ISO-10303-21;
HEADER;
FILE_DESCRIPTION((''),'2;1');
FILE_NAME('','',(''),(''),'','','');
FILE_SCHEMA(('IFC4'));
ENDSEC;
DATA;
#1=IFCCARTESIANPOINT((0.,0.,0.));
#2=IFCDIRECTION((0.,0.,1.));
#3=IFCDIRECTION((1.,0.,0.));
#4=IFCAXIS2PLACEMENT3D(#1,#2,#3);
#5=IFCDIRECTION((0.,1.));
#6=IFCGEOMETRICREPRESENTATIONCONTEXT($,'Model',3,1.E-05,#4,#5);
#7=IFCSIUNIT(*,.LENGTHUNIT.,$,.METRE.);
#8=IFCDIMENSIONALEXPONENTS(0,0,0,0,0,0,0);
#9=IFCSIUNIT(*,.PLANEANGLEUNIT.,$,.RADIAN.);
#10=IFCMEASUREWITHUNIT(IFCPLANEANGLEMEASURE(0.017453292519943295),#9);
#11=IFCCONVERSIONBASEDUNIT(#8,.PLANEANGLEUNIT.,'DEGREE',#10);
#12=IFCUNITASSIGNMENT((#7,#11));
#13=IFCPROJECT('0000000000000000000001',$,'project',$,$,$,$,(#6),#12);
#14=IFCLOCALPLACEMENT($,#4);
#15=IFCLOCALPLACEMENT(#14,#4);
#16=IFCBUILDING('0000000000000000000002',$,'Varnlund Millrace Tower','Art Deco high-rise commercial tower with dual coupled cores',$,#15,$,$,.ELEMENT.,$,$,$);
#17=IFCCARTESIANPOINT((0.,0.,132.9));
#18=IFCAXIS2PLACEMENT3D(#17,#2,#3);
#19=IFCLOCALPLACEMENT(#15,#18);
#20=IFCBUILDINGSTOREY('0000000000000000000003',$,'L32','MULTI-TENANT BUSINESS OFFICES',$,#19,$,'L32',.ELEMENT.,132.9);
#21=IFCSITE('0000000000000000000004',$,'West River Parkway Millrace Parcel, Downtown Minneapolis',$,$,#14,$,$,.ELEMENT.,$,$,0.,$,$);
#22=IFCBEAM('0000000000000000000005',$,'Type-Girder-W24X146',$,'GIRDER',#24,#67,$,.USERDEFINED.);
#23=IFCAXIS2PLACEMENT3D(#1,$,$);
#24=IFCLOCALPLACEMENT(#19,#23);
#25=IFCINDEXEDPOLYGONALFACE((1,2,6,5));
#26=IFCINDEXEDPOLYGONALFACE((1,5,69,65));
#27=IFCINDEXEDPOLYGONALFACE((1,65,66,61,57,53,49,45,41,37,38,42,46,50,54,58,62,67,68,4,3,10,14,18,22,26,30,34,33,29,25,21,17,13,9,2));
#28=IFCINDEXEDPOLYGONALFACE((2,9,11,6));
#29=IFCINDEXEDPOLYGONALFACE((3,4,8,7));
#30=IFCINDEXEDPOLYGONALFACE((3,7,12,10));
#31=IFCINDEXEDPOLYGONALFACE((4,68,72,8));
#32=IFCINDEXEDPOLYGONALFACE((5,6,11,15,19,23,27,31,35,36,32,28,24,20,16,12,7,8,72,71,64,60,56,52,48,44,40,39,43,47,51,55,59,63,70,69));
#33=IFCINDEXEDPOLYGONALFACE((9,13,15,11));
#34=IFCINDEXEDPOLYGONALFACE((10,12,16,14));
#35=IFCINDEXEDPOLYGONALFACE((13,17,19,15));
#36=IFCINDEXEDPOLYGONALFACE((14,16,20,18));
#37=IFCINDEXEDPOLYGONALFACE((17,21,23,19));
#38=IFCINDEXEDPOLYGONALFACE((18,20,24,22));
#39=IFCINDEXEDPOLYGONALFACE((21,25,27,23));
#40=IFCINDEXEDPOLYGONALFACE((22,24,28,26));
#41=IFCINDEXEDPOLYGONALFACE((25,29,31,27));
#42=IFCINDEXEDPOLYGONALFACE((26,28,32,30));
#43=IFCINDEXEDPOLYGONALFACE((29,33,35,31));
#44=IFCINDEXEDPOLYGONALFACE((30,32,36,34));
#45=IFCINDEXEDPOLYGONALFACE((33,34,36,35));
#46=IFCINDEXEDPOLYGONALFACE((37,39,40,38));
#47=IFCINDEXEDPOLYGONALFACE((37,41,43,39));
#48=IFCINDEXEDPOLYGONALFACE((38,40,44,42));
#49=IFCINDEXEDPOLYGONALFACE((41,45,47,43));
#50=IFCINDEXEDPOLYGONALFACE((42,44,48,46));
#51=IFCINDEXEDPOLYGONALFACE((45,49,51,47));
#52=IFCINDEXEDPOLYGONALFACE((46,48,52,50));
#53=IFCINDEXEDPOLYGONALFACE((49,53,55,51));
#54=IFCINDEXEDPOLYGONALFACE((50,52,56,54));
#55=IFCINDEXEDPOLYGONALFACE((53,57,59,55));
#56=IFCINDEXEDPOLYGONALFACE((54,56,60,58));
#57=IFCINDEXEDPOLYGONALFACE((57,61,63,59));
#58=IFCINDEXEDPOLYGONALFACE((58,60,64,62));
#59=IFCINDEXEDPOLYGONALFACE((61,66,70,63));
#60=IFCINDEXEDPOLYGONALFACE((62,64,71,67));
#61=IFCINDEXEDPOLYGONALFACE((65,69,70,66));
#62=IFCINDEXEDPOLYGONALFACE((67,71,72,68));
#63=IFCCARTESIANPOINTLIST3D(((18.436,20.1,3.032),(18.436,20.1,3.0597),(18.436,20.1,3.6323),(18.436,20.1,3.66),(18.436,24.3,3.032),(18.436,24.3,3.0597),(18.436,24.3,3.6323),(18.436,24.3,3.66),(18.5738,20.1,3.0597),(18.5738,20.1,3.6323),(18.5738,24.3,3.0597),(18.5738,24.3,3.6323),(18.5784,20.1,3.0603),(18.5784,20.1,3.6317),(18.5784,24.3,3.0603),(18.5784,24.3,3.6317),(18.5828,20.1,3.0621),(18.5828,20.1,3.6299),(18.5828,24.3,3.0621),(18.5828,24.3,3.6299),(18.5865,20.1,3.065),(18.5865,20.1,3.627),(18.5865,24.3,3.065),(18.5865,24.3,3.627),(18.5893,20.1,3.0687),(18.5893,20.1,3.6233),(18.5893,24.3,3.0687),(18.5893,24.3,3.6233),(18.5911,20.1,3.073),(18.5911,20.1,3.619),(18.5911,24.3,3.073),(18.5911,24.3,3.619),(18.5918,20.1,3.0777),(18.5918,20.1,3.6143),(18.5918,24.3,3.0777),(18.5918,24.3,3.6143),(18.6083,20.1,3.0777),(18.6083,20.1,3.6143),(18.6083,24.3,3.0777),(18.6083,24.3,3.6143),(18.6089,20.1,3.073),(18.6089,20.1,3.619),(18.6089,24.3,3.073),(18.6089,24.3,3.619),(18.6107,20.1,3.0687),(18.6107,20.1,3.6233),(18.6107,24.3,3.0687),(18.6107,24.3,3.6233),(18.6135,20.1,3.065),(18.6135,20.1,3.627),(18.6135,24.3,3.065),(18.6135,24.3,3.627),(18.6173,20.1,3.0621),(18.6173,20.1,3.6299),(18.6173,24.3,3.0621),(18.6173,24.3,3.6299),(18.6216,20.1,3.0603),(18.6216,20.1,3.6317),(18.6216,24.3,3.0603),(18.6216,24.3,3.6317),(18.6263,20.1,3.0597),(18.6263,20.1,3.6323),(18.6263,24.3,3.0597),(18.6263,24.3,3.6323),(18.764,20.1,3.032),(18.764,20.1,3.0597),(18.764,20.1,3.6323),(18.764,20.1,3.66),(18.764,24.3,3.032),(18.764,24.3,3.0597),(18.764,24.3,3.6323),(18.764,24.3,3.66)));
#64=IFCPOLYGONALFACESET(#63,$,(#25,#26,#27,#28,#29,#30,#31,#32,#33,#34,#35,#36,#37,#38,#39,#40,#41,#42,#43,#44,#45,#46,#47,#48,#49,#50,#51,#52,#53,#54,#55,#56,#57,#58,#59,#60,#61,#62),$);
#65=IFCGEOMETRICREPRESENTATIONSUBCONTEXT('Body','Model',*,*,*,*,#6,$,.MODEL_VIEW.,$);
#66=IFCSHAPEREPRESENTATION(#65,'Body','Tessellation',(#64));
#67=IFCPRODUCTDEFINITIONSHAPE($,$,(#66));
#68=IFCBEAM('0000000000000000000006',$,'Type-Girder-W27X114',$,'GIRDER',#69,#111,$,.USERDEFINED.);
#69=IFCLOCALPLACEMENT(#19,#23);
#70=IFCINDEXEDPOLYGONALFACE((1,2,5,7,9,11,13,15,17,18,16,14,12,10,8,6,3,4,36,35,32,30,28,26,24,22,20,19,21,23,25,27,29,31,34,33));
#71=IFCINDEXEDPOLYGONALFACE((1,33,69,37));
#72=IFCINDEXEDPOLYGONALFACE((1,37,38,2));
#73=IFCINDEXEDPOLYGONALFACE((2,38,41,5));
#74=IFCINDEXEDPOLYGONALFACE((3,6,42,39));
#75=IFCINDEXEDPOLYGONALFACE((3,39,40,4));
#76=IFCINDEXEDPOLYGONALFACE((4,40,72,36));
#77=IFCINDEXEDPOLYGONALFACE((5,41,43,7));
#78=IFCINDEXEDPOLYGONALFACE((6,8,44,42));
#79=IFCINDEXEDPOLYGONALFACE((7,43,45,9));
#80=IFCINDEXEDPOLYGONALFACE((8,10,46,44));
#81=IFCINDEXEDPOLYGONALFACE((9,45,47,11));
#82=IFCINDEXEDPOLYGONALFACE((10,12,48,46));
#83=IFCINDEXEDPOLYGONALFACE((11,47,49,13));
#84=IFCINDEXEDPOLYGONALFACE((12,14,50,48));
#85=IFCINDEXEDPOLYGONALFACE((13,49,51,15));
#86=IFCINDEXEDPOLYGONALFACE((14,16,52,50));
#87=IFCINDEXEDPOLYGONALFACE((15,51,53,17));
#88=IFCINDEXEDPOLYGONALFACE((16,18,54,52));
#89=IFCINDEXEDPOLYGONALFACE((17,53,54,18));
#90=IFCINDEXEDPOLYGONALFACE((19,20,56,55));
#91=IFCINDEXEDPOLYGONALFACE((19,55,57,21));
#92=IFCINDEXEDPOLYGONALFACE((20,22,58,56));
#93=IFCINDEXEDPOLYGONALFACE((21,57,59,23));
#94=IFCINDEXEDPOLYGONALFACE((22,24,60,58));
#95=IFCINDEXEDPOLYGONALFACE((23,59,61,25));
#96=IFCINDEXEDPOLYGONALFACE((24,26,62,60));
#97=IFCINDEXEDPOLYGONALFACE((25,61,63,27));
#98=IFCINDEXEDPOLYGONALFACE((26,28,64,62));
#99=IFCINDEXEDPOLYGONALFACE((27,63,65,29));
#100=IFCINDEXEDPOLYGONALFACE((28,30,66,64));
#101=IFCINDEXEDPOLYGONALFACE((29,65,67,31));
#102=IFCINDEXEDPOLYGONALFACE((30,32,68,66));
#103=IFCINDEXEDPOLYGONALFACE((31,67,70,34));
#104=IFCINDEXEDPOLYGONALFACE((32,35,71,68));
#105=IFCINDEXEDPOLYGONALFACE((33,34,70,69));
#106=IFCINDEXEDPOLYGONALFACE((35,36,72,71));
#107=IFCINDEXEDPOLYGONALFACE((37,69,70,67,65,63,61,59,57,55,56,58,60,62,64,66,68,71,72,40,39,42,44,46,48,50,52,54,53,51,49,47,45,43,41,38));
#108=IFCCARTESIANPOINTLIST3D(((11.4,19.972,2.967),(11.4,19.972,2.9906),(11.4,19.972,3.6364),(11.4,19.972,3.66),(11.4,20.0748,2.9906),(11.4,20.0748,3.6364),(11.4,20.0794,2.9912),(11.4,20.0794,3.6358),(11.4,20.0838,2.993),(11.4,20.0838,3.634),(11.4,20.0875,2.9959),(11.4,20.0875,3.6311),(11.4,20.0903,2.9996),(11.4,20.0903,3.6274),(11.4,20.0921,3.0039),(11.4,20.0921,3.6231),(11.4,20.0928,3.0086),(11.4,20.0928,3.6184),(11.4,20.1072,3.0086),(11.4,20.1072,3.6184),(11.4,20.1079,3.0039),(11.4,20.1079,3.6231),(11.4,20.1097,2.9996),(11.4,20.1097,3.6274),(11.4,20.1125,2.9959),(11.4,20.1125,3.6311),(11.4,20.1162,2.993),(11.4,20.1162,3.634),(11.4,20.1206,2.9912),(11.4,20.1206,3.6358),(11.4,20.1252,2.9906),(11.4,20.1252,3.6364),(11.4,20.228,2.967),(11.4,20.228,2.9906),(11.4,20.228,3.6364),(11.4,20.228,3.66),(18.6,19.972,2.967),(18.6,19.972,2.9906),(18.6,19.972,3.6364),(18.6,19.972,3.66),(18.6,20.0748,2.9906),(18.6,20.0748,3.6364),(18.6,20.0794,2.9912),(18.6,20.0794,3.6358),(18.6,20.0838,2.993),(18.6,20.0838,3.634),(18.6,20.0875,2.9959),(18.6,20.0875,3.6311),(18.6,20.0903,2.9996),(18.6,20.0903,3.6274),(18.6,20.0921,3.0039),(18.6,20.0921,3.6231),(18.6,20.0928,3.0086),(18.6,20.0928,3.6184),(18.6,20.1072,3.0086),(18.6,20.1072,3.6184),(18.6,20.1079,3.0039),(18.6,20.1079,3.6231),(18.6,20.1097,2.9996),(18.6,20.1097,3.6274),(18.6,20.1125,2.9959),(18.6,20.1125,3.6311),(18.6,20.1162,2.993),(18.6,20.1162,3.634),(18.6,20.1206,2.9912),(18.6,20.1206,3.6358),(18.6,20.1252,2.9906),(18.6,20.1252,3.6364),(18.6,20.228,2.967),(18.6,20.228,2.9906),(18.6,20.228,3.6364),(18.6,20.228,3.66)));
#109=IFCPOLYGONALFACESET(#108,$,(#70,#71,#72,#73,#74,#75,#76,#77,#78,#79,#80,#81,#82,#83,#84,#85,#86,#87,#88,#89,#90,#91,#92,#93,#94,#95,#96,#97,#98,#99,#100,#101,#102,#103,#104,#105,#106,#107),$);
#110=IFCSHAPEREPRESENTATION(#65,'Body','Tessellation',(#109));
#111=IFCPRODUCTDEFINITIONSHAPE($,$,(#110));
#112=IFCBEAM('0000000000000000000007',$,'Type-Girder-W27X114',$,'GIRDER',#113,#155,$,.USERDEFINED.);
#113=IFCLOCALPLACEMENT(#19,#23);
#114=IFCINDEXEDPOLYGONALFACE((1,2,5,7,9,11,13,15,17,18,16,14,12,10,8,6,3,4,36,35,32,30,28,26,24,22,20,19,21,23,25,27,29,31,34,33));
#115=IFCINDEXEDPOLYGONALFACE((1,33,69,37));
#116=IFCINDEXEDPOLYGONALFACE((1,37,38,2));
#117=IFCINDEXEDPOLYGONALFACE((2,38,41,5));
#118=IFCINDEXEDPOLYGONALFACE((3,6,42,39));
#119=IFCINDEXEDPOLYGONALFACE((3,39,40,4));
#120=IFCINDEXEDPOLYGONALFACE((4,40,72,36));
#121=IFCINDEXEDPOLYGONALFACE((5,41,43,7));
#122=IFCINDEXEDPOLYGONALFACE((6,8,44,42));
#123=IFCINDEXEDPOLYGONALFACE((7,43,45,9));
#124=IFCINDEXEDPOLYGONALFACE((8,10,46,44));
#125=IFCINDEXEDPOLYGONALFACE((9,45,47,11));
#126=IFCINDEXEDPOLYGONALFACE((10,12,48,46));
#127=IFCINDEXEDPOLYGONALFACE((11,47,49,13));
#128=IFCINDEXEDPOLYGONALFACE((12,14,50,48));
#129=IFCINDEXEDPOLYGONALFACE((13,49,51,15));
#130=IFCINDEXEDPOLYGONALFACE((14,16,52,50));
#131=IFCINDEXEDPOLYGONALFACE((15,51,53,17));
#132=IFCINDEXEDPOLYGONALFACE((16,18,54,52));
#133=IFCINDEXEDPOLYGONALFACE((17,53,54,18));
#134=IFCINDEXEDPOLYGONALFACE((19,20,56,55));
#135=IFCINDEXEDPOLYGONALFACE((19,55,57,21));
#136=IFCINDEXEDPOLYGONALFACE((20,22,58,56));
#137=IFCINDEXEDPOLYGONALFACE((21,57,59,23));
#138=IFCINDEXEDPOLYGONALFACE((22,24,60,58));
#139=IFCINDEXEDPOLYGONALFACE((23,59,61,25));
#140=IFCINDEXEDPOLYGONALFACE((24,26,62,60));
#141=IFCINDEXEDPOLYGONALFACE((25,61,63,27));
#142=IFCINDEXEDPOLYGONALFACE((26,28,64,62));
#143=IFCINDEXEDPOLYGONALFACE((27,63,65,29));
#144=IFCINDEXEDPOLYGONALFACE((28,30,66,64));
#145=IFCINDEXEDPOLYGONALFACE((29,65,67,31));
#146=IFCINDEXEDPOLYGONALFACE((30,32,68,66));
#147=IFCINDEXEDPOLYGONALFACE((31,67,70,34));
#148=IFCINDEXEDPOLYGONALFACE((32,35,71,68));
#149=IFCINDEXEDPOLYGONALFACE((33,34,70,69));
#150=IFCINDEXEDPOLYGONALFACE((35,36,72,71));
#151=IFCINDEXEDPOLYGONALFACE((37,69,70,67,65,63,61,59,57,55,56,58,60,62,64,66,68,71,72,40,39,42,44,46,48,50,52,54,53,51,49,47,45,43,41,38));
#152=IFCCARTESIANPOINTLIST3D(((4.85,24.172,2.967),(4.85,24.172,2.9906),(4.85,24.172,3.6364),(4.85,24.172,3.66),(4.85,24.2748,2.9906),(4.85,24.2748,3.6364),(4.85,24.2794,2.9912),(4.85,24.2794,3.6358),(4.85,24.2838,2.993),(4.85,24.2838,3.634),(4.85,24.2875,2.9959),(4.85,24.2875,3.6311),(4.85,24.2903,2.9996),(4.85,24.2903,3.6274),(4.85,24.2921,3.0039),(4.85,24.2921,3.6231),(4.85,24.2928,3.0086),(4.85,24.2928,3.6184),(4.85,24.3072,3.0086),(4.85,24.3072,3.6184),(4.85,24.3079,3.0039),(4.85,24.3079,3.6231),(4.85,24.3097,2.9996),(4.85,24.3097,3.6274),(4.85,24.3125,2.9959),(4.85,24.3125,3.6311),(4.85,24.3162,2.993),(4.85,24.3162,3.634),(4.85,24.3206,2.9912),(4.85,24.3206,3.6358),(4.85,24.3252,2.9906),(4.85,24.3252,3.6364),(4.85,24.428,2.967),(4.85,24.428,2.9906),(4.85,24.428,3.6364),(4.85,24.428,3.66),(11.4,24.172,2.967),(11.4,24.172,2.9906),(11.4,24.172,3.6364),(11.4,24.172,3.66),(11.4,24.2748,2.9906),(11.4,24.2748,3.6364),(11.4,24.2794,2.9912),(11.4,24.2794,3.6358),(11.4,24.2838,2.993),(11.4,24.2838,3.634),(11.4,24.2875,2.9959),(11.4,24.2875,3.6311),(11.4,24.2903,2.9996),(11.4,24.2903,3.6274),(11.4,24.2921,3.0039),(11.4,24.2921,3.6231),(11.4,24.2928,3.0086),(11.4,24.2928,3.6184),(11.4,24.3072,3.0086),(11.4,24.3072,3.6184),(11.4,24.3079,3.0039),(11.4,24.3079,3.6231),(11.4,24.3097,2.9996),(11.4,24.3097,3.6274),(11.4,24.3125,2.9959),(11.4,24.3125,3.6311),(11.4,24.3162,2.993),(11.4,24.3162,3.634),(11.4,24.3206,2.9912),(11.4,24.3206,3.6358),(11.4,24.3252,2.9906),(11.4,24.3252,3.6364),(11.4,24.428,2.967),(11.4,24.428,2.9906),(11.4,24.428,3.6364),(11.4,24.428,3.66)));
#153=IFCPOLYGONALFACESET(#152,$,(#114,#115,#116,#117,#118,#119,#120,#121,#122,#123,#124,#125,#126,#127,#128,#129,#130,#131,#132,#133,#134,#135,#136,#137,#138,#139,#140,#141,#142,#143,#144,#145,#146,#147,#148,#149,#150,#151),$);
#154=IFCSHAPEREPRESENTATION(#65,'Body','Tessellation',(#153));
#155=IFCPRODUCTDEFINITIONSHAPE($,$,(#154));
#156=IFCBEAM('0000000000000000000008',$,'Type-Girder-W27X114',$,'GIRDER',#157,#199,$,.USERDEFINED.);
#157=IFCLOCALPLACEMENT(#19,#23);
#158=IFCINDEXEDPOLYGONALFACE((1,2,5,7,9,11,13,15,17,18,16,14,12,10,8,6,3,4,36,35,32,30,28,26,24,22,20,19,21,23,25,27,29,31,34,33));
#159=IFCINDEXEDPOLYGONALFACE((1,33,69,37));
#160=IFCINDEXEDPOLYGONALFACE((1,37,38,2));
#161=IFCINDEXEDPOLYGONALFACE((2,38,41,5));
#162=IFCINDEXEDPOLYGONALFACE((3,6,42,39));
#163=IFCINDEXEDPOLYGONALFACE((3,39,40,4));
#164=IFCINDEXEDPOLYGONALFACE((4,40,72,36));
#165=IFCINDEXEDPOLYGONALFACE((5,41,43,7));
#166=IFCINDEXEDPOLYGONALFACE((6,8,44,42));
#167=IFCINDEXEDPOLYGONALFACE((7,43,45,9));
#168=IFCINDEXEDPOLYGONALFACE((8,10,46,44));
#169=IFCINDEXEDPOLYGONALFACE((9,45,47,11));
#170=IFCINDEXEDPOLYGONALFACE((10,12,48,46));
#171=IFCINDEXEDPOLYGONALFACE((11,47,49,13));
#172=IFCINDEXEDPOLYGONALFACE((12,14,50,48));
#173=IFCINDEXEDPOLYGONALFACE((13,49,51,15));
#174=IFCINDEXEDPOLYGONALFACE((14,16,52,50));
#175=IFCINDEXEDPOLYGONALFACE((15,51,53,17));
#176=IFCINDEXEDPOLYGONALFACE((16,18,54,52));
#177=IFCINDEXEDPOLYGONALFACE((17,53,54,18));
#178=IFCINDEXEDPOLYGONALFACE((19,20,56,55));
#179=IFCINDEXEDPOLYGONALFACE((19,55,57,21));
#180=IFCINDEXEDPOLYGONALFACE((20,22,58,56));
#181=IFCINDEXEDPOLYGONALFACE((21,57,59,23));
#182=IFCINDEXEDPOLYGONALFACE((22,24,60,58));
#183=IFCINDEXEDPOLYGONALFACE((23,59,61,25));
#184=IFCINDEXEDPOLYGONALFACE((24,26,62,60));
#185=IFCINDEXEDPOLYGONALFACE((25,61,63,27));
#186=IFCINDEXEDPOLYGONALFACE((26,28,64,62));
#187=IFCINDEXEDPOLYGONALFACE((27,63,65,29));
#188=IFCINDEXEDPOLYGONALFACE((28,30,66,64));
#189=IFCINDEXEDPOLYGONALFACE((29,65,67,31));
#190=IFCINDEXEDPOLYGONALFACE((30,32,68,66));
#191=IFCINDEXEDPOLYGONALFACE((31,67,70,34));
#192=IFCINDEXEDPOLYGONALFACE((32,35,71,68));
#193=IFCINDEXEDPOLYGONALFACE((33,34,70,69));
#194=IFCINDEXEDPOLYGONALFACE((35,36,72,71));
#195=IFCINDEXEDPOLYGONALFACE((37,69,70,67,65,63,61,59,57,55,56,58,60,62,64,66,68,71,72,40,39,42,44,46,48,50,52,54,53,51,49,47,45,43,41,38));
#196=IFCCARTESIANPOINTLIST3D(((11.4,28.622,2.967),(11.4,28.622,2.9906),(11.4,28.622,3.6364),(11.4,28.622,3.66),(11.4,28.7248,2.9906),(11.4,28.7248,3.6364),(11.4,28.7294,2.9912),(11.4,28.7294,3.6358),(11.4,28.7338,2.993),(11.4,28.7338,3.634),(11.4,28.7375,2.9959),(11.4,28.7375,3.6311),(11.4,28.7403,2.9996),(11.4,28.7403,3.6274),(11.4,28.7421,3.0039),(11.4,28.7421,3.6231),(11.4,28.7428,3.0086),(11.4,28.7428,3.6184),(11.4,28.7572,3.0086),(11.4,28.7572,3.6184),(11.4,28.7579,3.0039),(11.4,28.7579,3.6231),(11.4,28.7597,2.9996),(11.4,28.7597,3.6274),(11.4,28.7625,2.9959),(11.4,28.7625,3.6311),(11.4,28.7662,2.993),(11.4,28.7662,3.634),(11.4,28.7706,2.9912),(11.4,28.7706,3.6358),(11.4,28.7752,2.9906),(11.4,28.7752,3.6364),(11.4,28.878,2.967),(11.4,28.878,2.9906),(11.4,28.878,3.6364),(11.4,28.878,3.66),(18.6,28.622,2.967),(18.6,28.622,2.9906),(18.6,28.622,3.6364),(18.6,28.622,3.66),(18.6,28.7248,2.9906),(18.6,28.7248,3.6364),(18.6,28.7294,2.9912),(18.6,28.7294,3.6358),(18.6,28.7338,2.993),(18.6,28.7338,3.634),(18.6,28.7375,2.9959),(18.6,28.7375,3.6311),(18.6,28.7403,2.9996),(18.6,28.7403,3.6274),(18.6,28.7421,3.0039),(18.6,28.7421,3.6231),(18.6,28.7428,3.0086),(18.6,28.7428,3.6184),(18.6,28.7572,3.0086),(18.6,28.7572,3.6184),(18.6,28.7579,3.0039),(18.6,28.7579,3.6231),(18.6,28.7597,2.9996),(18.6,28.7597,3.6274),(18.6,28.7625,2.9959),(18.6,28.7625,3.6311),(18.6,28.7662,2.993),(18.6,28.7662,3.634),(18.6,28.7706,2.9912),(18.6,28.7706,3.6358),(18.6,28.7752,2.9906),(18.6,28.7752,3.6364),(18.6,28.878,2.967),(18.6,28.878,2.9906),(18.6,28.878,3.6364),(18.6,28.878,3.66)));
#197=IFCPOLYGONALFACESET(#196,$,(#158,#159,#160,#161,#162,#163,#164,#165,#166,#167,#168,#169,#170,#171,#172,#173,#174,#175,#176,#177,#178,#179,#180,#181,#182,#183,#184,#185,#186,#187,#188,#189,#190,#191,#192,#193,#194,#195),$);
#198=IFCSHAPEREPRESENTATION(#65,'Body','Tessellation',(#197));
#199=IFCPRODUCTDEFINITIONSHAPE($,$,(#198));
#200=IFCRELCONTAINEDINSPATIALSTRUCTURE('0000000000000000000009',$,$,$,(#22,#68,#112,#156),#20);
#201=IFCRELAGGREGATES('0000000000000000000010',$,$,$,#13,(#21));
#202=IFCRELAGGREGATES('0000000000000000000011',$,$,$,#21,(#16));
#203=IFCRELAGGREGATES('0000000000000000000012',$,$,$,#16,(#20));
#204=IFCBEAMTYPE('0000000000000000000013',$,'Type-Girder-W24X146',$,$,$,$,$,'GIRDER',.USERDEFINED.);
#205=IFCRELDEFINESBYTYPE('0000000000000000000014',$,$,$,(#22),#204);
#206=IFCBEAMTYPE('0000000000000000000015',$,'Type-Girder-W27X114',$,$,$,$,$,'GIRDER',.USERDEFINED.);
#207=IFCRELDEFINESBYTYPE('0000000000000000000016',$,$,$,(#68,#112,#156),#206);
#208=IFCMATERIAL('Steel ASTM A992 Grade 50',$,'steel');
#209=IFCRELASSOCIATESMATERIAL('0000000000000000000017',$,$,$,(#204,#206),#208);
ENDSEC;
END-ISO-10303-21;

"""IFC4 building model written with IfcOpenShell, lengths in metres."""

from ifc_helpers import new_model, entity, si_unit, converted_unit, direction, frame, origin_with_axes, origin_2d_with_axis, place, context, subcontext, project, spatial, i_section, extrude, material, material_profile, profile_set, type_object, element, save


model = new_model("IFC4")

# Units and contexts
model_context = context("Model", 3, precision=1e-05, world=origin_with_axes(), true_north=direction((0.0, 1.0)))
body_context = subcontext(model_context, "Body", "Model", "MODEL_VIEW")
ifc_project = project(units=[si_unit("LENGTHUNIT", "METRE"), converted_unit("PLANEANGLEUNIT", "DEGREE", entity("IfcPlaneAngleMeasure", 0.017453292519943295), si_unit("PLANEANGLEUNIT", "RADIAN"), dimensions=[0, 0, 0, 0, 0, 0, 0])], contexts=[model_context])

# Site, building, storey
site_placement = place(None, origin_with_axes())
site = spatial("IfcSite", under=ifc_project, at=site_placement, Name="West River Parkway Millrace Parcel, Downtown Minneapolis", CompositionType="ELEMENT", RefElevation=0.0)
building_placement = place(site_placement, origin_with_axes())
building = spatial("IfcBuilding", under=site, at=building_placement, Name="Varnlund Millrace Tower", Description="Art Deco high-rise commercial tower with dual coupled cores", CompositionType="ELEMENT")
storey_placement = place(building_placement, frame((0.0, 0.0, 132.9), z_axis=(0.0, 0.0, 1.0), x_axis=(1.0, 0.0, 0.0)))
storey = spatial("IfcBuildingStorey", under=building, at=storey_placement, Name="L32", Description="MULTI-TENANT BUSINESS OFFICES", LongName="L32", CompositionType="ELEMENT", Elevation=132.9)

# Beams
ifc_material_1 = material(Name="Steel ASTM A992 Grade 50", Category="steel")
ifc_material_profile_1 = material_profile(ifc_material_1, i_section(OverallWidth=0.328, OverallDepth=0.628, WebThickness=0.0165, FlangeThickness=0.0277, FilletRadius=0.018, at=origin_2d_with_axis()), Name="Steel ASTM A992 Grade 50")
ifc_profile_set_1 = profile_set([ifc_material_profile_1], Name="Steel ASTM A992 Grade 50")
beam_type_1 = type_object("IfcBeamType", Name="Type-Girder-W24X146", ElementType="GIRDER", PredefinedType="USERDEFINED", material=ifc_profile_set_1)
beam_1_placement = place(storey_placement, frame((18.6, 20.1, 3.346), z_axis=(0.0, 1.0, 0.0), x_axis=(-1.0, 0.0, 0.0)))
element("IfcBeam", 1, at=beam_1_placement, inside=storey, type_object=beam_type_1, Name="Type-Girder-W24X146", ObjectType="GIRDER", PredefinedType="USERDEFINED", context=body_context, shape_type="SweptSolid", body=[
    extrude(i_section(OverallWidth=0.328, OverallDepth=0.628, WebThickness=0.0165, FlangeThickness=0.0277, FilletRadius=0.018, at=origin_2d_with_axis()), origin_with_axes(), (0.0, 0.0, 1.0), 4.2),
])
ifc_material_profile_2 = material_profile(ifc_material_1, i_section(OverallWidth=0.256, OverallDepth=0.693, WebThickness=0.0145, FlangeThickness=0.0236, FilletRadius=0.018, at=origin_2d_with_axis()), Name="Steel ASTM A992 Grade 50")
ifc_profile_set_2 = profile_set([ifc_material_profile_2], Name="Steel ASTM A992 Grade 50")
beam_type_2 = type_object("IfcBeamType", Name="Type-Girder-W27X114", ElementType="GIRDER", PredefinedType="USERDEFINED", material=ifc_profile_set_2)
beam_2_placement = place(storey_placement, frame((11.4, 20.1, 3.3135), z_axis=(1.0, 0.0, 0.0), x_axis=(0.0, 1.0, 0.0)))
element("IfcBeam", 2, at=beam_2_placement, inside=storey, type_object=beam_type_2, Name="Type-Girder-W27X114", ObjectType="GIRDER", PredefinedType="USERDEFINED", context=body_context, shape_type="SweptSolid", body=[
    extrude(i_section(OverallWidth=0.256, OverallDepth=0.693, WebThickness=0.0145, FlangeThickness=0.0236, FilletRadius=0.018, at=origin_2d_with_axis()), origin_with_axes(), (0.0, 0.0, 1.0), 7.2),
])
beam_3_placement = place(storey_placement, frame((4.85, 24.3, 3.3135), z_axis=(1.0, 0.0, 0.0), x_axis=(0.0, 1.0, 0.0)))
element("IfcBeam", 3, at=beam_3_placement, inside=storey, type_object=beam_type_2, Name="Type-Girder-W27X114", ObjectType="GIRDER", PredefinedType="USERDEFINED", context=body_context, shape_type="SweptSolid", body=[
    extrude(i_section(OverallWidth=0.256, OverallDepth=0.693, WebThickness=0.0145, FlangeThickness=0.0236, FilletRadius=0.018, at=origin_2d_with_axis()), origin_with_axes(), (0.0, 0.0, 1.0), 6.55),
])
beam_4_placement = place(storey_placement, frame((11.4, 28.75, 3.3135), z_axis=(1.0, 0.0, 0.0), x_axis=(0.0, 1.0, 0.0)))
element("IfcBeam", 4, at=beam_4_placement, inside=storey, type_object=beam_type_2, Name="Type-Girder-W27X114", ObjectType="GIRDER", PredefinedType="USERDEFINED", context=body_context, shape_type="SweptSolid", body=[
    extrude(i_section(OverallWidth=0.256, OverallDepth=0.693, WebThickness=0.0145, FlangeThickness=0.0236, FilletRadius=0.018, at=origin_2d_with_axis()), origin_with_axes(), (0.0, 0.0, 1.0), 7.2),
])

save(model, "model.ifc")
